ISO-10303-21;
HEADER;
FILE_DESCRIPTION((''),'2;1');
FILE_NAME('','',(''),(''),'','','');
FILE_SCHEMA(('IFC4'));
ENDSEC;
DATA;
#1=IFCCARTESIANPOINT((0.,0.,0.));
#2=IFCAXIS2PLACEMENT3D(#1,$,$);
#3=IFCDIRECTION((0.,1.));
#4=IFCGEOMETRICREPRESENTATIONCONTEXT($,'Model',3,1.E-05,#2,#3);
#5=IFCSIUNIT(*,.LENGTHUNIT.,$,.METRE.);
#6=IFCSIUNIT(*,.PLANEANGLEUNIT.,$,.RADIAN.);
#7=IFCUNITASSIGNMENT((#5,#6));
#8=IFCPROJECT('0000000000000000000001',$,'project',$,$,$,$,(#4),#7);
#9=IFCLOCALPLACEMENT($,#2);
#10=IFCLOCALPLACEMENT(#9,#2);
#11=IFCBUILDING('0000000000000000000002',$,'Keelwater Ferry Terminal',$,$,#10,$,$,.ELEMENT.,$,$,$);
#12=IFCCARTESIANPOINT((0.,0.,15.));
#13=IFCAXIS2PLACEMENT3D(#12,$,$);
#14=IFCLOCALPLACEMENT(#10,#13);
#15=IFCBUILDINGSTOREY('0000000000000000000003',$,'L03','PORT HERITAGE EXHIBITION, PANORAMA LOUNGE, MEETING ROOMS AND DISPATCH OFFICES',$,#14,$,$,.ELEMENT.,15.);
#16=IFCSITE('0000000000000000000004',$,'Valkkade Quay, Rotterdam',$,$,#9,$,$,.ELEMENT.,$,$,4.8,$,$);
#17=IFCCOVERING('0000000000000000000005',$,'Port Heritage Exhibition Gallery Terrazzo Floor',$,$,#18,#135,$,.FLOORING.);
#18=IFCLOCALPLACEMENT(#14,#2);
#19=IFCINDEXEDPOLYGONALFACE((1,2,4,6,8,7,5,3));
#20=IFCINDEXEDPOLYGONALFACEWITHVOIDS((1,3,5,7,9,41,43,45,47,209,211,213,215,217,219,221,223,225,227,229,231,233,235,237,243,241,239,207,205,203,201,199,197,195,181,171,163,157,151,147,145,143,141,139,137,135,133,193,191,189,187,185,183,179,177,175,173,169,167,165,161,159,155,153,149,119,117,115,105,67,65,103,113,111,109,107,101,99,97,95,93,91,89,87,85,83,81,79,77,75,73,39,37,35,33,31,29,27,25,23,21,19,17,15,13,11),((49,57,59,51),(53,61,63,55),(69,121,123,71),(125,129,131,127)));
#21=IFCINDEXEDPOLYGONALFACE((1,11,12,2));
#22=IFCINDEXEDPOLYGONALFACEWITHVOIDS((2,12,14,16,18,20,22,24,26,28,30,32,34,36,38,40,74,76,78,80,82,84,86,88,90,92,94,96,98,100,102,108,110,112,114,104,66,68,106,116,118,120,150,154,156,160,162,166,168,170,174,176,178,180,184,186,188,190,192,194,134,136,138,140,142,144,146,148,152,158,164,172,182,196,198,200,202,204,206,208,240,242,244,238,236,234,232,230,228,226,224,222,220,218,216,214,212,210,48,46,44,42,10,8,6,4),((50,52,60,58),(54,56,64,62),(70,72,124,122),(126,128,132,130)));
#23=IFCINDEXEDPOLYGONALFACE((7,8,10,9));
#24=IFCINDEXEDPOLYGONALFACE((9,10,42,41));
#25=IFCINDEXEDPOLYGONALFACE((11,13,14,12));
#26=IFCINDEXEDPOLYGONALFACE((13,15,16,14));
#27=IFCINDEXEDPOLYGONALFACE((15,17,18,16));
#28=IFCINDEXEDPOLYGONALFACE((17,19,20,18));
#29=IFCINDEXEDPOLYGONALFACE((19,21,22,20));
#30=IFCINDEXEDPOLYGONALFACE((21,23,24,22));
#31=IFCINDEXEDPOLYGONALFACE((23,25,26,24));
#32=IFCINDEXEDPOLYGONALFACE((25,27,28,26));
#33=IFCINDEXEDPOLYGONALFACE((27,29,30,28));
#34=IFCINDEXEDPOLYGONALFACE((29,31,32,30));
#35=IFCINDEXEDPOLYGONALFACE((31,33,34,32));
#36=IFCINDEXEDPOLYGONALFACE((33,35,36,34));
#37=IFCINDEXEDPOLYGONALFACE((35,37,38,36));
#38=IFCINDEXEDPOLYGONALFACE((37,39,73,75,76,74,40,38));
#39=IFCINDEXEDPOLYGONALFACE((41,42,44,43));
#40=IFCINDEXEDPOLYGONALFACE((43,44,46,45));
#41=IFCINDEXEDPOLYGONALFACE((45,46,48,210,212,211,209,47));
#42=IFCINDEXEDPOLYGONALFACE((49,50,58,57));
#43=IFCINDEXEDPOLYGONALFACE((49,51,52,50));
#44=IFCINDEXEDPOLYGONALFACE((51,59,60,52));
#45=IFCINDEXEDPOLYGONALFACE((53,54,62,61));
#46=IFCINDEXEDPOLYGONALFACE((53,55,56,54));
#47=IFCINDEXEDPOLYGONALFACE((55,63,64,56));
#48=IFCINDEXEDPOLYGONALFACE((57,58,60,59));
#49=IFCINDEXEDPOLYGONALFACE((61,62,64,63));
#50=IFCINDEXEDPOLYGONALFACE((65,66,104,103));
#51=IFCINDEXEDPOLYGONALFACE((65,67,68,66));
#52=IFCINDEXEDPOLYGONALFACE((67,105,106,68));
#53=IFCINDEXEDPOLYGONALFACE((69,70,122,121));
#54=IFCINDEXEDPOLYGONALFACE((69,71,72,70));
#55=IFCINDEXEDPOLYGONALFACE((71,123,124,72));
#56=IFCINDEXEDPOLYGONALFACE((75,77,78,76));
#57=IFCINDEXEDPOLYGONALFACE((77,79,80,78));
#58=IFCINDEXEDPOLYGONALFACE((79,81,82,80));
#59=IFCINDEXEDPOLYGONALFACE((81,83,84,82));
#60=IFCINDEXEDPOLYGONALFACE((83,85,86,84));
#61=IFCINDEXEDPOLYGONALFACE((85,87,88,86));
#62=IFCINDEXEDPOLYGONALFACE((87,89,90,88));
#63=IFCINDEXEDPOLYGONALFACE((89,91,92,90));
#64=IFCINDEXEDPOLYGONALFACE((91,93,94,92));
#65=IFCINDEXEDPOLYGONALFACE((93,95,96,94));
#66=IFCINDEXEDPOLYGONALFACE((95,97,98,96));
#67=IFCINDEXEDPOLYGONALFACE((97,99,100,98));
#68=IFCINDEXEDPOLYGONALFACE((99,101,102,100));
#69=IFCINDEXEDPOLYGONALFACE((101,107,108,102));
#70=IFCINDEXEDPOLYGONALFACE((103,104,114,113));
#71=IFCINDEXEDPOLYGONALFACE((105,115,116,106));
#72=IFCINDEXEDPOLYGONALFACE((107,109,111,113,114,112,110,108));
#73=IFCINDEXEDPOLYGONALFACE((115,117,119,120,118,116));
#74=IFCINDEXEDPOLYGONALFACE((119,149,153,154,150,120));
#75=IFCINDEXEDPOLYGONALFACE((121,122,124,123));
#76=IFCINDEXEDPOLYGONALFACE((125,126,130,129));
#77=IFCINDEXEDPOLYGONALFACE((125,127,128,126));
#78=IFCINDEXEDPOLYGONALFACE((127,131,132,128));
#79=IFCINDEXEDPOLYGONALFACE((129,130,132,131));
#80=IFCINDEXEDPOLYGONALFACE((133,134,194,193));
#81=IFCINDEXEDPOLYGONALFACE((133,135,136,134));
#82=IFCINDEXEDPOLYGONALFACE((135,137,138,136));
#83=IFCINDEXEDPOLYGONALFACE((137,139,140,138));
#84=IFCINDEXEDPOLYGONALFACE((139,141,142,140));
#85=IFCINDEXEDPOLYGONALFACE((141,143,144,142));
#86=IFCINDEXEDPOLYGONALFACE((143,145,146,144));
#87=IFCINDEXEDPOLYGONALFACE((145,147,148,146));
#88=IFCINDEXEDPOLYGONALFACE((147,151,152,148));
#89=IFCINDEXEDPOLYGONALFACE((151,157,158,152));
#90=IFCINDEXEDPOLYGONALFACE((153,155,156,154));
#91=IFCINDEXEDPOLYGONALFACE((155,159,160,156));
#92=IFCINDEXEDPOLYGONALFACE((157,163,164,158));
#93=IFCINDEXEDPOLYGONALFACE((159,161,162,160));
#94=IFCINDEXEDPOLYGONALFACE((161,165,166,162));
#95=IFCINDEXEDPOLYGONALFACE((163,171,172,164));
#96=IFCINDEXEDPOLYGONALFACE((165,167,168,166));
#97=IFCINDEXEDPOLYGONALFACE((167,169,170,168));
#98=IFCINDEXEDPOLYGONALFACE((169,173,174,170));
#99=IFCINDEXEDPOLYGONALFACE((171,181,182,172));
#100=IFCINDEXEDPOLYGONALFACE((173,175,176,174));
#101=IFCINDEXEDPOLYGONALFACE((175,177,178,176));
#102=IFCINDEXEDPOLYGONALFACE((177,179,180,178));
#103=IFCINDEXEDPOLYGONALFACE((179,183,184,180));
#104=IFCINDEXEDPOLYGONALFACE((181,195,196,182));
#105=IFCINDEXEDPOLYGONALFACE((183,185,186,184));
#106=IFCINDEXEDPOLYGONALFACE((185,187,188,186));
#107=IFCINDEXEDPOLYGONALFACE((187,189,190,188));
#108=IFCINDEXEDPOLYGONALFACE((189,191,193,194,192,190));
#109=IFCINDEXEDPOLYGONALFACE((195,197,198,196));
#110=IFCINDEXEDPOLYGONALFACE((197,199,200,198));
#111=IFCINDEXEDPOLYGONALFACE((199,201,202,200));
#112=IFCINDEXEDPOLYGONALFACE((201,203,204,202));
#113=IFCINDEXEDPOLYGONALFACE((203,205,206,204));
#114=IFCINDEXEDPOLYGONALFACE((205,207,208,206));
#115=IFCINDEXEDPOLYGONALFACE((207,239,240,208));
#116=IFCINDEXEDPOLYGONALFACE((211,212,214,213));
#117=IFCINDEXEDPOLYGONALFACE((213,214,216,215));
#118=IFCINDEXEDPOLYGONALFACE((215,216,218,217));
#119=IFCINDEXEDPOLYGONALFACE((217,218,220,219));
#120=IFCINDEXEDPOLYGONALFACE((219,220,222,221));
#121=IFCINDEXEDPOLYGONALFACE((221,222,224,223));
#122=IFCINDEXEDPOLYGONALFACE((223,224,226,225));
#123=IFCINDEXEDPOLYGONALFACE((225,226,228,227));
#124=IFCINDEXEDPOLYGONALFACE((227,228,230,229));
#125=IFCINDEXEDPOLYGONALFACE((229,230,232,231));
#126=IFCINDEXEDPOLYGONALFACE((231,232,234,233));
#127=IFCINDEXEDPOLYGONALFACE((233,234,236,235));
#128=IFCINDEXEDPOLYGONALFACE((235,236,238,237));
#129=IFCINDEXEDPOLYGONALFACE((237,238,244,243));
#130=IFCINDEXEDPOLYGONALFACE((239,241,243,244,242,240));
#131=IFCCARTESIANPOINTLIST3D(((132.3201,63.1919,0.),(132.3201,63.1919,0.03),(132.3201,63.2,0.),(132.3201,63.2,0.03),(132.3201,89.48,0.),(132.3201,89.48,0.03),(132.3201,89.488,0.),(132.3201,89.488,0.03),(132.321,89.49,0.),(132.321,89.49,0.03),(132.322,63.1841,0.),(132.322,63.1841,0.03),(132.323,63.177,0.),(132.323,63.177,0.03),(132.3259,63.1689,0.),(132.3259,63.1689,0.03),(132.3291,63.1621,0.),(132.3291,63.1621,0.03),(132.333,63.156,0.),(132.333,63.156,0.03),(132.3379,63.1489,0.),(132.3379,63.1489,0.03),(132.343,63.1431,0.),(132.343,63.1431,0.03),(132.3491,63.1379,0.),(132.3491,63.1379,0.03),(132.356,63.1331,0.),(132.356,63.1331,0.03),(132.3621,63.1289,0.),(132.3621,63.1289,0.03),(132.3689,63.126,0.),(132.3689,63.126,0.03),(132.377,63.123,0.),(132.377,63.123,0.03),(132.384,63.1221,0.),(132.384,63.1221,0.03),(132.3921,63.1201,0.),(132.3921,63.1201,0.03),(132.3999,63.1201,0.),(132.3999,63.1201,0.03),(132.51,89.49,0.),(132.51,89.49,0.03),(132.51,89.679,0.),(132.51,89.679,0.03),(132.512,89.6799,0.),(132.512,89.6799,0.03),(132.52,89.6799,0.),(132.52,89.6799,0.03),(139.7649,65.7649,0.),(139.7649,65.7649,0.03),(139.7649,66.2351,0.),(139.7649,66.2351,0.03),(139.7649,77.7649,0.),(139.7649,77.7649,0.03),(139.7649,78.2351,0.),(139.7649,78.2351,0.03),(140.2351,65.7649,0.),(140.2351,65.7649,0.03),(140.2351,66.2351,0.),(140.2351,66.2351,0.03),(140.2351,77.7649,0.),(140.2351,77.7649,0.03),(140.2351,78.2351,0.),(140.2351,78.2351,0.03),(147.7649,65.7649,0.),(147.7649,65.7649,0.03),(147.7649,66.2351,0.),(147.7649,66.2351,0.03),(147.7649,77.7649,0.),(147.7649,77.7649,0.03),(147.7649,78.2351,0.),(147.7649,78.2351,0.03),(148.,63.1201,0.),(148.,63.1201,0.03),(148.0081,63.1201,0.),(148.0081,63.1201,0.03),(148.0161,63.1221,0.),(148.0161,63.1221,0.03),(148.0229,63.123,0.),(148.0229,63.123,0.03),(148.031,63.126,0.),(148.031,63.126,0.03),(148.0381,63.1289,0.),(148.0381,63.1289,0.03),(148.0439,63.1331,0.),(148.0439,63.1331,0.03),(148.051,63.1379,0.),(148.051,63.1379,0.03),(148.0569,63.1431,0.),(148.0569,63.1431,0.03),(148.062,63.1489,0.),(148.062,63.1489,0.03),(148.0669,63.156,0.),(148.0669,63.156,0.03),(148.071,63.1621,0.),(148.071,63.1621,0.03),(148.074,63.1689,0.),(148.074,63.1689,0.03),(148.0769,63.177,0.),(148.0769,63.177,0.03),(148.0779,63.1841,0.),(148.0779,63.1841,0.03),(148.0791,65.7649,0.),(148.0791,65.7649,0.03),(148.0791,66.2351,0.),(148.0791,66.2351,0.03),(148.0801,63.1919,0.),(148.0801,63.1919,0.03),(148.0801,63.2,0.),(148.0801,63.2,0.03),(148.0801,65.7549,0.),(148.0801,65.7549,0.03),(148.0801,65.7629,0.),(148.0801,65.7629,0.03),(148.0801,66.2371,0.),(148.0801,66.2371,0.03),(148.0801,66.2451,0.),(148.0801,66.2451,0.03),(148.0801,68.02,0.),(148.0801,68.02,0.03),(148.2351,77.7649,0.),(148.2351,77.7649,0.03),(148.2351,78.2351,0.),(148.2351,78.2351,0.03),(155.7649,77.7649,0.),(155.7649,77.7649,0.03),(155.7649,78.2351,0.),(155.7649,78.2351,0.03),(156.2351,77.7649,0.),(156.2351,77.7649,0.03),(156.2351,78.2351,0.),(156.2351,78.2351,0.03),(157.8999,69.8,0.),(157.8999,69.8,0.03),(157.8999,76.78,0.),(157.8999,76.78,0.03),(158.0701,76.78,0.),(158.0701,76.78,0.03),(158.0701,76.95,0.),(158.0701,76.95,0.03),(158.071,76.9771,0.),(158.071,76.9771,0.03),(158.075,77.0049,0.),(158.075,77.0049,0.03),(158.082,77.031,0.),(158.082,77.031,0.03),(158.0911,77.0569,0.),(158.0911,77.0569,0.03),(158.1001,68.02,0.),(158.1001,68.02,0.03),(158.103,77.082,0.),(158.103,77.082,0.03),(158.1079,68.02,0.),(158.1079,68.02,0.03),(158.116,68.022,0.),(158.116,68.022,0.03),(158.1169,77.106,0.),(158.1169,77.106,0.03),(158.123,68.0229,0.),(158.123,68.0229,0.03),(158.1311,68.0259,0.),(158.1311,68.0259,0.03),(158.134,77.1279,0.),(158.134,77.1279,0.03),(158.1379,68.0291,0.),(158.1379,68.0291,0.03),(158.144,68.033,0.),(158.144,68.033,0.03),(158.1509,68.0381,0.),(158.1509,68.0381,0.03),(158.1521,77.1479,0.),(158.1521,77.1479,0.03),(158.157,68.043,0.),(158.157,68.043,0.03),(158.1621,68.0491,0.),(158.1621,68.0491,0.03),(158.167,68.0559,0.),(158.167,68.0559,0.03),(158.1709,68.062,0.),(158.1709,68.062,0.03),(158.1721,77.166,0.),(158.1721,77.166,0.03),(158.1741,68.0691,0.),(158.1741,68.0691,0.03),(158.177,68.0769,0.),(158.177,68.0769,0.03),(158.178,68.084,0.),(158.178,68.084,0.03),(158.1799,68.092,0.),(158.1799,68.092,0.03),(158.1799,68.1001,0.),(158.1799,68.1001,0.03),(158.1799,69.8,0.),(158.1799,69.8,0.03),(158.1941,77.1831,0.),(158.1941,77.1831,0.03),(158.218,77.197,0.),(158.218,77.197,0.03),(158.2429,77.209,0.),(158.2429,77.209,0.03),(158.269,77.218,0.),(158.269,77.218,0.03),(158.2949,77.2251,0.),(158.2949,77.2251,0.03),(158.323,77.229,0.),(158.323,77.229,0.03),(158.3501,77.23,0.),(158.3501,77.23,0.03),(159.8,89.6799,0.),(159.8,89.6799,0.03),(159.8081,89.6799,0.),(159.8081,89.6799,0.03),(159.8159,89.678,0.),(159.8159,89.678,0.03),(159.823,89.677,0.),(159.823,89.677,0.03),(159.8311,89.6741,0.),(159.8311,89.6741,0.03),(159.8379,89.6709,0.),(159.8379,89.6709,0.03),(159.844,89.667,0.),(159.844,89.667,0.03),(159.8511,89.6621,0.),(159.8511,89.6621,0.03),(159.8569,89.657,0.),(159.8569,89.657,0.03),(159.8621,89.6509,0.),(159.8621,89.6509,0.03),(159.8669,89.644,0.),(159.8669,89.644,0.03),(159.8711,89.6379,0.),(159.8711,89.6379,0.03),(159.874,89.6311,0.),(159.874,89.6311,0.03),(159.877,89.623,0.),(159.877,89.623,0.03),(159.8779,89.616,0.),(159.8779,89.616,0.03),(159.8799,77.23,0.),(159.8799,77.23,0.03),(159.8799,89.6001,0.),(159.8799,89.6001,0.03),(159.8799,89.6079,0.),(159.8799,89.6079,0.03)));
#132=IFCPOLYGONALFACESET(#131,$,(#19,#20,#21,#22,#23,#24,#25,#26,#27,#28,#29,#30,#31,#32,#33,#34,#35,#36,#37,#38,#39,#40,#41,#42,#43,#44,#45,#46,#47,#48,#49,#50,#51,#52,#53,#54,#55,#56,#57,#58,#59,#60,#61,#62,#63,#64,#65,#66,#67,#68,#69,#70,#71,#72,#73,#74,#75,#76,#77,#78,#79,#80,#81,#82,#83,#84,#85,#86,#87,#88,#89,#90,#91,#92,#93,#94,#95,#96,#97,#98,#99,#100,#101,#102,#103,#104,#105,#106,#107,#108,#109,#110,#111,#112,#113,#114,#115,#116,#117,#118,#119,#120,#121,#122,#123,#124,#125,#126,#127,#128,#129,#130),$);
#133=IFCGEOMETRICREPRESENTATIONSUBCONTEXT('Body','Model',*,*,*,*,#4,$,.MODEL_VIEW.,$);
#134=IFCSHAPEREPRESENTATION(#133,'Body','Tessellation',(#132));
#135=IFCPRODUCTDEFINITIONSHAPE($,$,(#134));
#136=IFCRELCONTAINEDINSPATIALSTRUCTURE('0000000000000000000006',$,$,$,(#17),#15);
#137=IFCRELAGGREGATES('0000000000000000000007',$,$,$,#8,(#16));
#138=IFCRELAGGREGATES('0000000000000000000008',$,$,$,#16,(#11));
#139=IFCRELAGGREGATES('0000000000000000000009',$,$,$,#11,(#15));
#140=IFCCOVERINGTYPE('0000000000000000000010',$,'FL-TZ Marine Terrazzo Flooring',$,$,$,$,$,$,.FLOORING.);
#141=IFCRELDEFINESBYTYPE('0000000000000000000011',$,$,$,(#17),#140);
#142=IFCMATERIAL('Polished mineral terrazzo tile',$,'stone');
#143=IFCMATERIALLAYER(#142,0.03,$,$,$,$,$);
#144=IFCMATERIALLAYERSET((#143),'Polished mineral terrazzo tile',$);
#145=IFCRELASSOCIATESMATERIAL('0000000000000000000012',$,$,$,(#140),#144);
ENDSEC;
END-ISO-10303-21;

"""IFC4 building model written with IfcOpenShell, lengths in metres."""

from ifc_helpers import new_model, si_unit, direction, frame, origin, place, context, subcontext, project, spatial, polyline, outline, extrude, material, layer, layer_set, type_object, element, save


model = new_model("IFC4")

# Units and contexts
model_context = context("Model", 3, precision=1e-05, world=origin(), true_north=direction((0.0, 1.0)))
body_context = subcontext(model_context, "Body", "Model", "MODEL_VIEW")
ifc_project = project(units=[si_unit("LENGTHUNIT", "METRE"), si_unit("PLANEANGLEUNIT", "RADIAN")], contexts=[model_context])

# Site, building, storey
site_placement = place(None, origin())
site = spatial("IfcSite", under=ifc_project, at=site_placement, Name="Valkkade Quay, Rotterdam", CompositionType="ELEMENT", RefElevation=4.8)
building_placement = place(site_placement, origin())
building = spatial("IfcBuilding", under=site, at=building_placement, Name="Keelwater Ferry Terminal", CompositionType="ELEMENT")
storey_placement = place(building_placement, frame((0.0, 0.0, 15.0)))
storey = spatial("IfcBuildingStorey", under=building, at=storey_placement, Name="L03", Description="PORT HERITAGE EXHIBITION, PANORAMA LOUNGE, MEETING ROOMS AND DISPATCH OFFICES", CompositionType="ELEMENT", Elevation=15.0)

# Covering
ifc_material_1 = material(Name="Polished mineral terrazzo tile", Category="stone")
ifc_layer_1 = layer(ifc_material_1, 0.03)
ifc_layer_set_1 = layer_set([ifc_layer_1], Name="Polished mineral terrazzo tile")
covering_type_1 = type_object("IfcCoveringType", Name="FL-TZ Marine Terrazzo Flooring", PredefinedType="FLOORING", material=ifc_layer_set_1)
covering_1_placement = place(storey_placement, origin())
element("IfcCovering", 1, at=covering_1_placement, inside=storey, type_object=covering_type_1, Name="Port Heritage Exhibition Gallery Terrazzo Floor", PredefinedType="FLOORING", context=body_context, shape_type="SweptSolid", body=[
    extrude(outline(polyline([(158.1799, 68.092), (158.178, 68.084), (158.177, 68.0769), (158.1741, 68.0691), (158.1709, 68.062), (158.167, 68.0559), (158.1621, 68.0491), (158.157, 68.043), (158.1509, 68.0381), (158.144, 68.033), (158.1379, 68.0291), (158.1311, 68.0259), (158.123, 68.0229), (158.116, 68.022), (158.1079, 68.02), (158.1001, 68.02), (148.0801, 68.02), (148.0801, 66.2451), (148.0801, 66.2371), (148.0791, 66.2351), (147.7649, 66.2351), (147.7649, 65.7649), (148.0791, 65.7649), (148.0801, 65.7629), (148.0801, 65.7549), (148.0801, 63.2), (148.0801, 63.1919), (148.0779, 63.1841), (148.0769, 63.177), (148.074, 63.1689), (148.071, 63.1621), (148.0669, 63.156), (148.062, 63.1489), (148.0569, 63.1431), (148.051, 63.1379), (148.0439, 63.1331), (148.0381, 63.1289), (148.031, 63.126), (148.0229, 63.123), (148.0161, 63.1221), (148.0081, 63.1201), (148.0, 63.1201), (132.3999, 63.1201), (132.3921, 63.1201), (132.384, 63.1221), (132.377, 63.123), (132.3689, 63.126), (132.3621, 63.1289), (132.356, 63.1331), (132.3491, 63.1379), (132.343, 63.1431), (132.3379, 63.1489), (132.333, 63.156), (132.3291, 63.1621), (132.3259, 63.1689), (132.323, 63.177), (132.322, 63.1841), (132.3201, 63.1919), (132.3201, 63.2), (132.3201, 89.48), (132.3201, 89.488), (132.321, 89.49), (132.51, 89.49), (132.51, 89.679), (132.512, 89.6799), (132.52, 89.6799), (159.8, 89.6799), (159.8081, 89.6799), (159.8159, 89.678), (159.823, 89.677), (159.8311, 89.6741), (159.8379, 89.6709), (159.844, 89.667), (159.8511, 89.6621), (159.8569, 89.657), (159.8621, 89.6509), (159.8669, 89.644), (159.8711, 89.6379), (159.874, 89.6311), (159.877, 89.623), (159.8779, 89.616), (159.8799, 89.6079), (159.8799, 89.6001), (159.8799, 77.23), (158.3501, 77.23), (158.323, 77.229), (158.2949, 77.2251), (158.269, 77.218), (158.2429, 77.209), (158.218, 77.197), (158.1941, 77.1831), (158.1721, 77.166), (158.1521, 77.1479), (158.134, 77.1279), (158.1169, 77.106), (158.103, 77.082), (158.0911, 77.0569), (158.082, 77.031), (158.075, 77.0049), (158.071, 76.9771), (158.0701, 76.95), (158.0701, 76.78), (157.8999, 76.78), (157.8999, 69.8), (158.1799, 69.8), (158.1799, 68.1001), (158.1799, 68.092)]), holes=[polyline([(139.7649, 65.7649), (140.2351, 65.7649), (140.2351, 66.2351), (139.7649, 66.2351), (139.7649, 65.7649)]), polyline([(139.7649, 77.7649), (140.2351, 77.7649), (140.2351, 78.2351), (139.7649, 78.2351), (139.7649, 77.7649)]), polyline([(155.7649, 77.7649), (156.2351, 77.7649), (156.2351, 78.2351), (155.7649, 78.2351), (155.7649, 77.7649)]), polyline([(147.7649, 77.7649), (148.2351, 77.7649), (148.2351, 78.2351), (147.7649, 78.2351), (147.7649, 77.7649)])]), origin(), (0.0, 0.0, 1.0), 0.03),
])

save(model, "model.ifc")
